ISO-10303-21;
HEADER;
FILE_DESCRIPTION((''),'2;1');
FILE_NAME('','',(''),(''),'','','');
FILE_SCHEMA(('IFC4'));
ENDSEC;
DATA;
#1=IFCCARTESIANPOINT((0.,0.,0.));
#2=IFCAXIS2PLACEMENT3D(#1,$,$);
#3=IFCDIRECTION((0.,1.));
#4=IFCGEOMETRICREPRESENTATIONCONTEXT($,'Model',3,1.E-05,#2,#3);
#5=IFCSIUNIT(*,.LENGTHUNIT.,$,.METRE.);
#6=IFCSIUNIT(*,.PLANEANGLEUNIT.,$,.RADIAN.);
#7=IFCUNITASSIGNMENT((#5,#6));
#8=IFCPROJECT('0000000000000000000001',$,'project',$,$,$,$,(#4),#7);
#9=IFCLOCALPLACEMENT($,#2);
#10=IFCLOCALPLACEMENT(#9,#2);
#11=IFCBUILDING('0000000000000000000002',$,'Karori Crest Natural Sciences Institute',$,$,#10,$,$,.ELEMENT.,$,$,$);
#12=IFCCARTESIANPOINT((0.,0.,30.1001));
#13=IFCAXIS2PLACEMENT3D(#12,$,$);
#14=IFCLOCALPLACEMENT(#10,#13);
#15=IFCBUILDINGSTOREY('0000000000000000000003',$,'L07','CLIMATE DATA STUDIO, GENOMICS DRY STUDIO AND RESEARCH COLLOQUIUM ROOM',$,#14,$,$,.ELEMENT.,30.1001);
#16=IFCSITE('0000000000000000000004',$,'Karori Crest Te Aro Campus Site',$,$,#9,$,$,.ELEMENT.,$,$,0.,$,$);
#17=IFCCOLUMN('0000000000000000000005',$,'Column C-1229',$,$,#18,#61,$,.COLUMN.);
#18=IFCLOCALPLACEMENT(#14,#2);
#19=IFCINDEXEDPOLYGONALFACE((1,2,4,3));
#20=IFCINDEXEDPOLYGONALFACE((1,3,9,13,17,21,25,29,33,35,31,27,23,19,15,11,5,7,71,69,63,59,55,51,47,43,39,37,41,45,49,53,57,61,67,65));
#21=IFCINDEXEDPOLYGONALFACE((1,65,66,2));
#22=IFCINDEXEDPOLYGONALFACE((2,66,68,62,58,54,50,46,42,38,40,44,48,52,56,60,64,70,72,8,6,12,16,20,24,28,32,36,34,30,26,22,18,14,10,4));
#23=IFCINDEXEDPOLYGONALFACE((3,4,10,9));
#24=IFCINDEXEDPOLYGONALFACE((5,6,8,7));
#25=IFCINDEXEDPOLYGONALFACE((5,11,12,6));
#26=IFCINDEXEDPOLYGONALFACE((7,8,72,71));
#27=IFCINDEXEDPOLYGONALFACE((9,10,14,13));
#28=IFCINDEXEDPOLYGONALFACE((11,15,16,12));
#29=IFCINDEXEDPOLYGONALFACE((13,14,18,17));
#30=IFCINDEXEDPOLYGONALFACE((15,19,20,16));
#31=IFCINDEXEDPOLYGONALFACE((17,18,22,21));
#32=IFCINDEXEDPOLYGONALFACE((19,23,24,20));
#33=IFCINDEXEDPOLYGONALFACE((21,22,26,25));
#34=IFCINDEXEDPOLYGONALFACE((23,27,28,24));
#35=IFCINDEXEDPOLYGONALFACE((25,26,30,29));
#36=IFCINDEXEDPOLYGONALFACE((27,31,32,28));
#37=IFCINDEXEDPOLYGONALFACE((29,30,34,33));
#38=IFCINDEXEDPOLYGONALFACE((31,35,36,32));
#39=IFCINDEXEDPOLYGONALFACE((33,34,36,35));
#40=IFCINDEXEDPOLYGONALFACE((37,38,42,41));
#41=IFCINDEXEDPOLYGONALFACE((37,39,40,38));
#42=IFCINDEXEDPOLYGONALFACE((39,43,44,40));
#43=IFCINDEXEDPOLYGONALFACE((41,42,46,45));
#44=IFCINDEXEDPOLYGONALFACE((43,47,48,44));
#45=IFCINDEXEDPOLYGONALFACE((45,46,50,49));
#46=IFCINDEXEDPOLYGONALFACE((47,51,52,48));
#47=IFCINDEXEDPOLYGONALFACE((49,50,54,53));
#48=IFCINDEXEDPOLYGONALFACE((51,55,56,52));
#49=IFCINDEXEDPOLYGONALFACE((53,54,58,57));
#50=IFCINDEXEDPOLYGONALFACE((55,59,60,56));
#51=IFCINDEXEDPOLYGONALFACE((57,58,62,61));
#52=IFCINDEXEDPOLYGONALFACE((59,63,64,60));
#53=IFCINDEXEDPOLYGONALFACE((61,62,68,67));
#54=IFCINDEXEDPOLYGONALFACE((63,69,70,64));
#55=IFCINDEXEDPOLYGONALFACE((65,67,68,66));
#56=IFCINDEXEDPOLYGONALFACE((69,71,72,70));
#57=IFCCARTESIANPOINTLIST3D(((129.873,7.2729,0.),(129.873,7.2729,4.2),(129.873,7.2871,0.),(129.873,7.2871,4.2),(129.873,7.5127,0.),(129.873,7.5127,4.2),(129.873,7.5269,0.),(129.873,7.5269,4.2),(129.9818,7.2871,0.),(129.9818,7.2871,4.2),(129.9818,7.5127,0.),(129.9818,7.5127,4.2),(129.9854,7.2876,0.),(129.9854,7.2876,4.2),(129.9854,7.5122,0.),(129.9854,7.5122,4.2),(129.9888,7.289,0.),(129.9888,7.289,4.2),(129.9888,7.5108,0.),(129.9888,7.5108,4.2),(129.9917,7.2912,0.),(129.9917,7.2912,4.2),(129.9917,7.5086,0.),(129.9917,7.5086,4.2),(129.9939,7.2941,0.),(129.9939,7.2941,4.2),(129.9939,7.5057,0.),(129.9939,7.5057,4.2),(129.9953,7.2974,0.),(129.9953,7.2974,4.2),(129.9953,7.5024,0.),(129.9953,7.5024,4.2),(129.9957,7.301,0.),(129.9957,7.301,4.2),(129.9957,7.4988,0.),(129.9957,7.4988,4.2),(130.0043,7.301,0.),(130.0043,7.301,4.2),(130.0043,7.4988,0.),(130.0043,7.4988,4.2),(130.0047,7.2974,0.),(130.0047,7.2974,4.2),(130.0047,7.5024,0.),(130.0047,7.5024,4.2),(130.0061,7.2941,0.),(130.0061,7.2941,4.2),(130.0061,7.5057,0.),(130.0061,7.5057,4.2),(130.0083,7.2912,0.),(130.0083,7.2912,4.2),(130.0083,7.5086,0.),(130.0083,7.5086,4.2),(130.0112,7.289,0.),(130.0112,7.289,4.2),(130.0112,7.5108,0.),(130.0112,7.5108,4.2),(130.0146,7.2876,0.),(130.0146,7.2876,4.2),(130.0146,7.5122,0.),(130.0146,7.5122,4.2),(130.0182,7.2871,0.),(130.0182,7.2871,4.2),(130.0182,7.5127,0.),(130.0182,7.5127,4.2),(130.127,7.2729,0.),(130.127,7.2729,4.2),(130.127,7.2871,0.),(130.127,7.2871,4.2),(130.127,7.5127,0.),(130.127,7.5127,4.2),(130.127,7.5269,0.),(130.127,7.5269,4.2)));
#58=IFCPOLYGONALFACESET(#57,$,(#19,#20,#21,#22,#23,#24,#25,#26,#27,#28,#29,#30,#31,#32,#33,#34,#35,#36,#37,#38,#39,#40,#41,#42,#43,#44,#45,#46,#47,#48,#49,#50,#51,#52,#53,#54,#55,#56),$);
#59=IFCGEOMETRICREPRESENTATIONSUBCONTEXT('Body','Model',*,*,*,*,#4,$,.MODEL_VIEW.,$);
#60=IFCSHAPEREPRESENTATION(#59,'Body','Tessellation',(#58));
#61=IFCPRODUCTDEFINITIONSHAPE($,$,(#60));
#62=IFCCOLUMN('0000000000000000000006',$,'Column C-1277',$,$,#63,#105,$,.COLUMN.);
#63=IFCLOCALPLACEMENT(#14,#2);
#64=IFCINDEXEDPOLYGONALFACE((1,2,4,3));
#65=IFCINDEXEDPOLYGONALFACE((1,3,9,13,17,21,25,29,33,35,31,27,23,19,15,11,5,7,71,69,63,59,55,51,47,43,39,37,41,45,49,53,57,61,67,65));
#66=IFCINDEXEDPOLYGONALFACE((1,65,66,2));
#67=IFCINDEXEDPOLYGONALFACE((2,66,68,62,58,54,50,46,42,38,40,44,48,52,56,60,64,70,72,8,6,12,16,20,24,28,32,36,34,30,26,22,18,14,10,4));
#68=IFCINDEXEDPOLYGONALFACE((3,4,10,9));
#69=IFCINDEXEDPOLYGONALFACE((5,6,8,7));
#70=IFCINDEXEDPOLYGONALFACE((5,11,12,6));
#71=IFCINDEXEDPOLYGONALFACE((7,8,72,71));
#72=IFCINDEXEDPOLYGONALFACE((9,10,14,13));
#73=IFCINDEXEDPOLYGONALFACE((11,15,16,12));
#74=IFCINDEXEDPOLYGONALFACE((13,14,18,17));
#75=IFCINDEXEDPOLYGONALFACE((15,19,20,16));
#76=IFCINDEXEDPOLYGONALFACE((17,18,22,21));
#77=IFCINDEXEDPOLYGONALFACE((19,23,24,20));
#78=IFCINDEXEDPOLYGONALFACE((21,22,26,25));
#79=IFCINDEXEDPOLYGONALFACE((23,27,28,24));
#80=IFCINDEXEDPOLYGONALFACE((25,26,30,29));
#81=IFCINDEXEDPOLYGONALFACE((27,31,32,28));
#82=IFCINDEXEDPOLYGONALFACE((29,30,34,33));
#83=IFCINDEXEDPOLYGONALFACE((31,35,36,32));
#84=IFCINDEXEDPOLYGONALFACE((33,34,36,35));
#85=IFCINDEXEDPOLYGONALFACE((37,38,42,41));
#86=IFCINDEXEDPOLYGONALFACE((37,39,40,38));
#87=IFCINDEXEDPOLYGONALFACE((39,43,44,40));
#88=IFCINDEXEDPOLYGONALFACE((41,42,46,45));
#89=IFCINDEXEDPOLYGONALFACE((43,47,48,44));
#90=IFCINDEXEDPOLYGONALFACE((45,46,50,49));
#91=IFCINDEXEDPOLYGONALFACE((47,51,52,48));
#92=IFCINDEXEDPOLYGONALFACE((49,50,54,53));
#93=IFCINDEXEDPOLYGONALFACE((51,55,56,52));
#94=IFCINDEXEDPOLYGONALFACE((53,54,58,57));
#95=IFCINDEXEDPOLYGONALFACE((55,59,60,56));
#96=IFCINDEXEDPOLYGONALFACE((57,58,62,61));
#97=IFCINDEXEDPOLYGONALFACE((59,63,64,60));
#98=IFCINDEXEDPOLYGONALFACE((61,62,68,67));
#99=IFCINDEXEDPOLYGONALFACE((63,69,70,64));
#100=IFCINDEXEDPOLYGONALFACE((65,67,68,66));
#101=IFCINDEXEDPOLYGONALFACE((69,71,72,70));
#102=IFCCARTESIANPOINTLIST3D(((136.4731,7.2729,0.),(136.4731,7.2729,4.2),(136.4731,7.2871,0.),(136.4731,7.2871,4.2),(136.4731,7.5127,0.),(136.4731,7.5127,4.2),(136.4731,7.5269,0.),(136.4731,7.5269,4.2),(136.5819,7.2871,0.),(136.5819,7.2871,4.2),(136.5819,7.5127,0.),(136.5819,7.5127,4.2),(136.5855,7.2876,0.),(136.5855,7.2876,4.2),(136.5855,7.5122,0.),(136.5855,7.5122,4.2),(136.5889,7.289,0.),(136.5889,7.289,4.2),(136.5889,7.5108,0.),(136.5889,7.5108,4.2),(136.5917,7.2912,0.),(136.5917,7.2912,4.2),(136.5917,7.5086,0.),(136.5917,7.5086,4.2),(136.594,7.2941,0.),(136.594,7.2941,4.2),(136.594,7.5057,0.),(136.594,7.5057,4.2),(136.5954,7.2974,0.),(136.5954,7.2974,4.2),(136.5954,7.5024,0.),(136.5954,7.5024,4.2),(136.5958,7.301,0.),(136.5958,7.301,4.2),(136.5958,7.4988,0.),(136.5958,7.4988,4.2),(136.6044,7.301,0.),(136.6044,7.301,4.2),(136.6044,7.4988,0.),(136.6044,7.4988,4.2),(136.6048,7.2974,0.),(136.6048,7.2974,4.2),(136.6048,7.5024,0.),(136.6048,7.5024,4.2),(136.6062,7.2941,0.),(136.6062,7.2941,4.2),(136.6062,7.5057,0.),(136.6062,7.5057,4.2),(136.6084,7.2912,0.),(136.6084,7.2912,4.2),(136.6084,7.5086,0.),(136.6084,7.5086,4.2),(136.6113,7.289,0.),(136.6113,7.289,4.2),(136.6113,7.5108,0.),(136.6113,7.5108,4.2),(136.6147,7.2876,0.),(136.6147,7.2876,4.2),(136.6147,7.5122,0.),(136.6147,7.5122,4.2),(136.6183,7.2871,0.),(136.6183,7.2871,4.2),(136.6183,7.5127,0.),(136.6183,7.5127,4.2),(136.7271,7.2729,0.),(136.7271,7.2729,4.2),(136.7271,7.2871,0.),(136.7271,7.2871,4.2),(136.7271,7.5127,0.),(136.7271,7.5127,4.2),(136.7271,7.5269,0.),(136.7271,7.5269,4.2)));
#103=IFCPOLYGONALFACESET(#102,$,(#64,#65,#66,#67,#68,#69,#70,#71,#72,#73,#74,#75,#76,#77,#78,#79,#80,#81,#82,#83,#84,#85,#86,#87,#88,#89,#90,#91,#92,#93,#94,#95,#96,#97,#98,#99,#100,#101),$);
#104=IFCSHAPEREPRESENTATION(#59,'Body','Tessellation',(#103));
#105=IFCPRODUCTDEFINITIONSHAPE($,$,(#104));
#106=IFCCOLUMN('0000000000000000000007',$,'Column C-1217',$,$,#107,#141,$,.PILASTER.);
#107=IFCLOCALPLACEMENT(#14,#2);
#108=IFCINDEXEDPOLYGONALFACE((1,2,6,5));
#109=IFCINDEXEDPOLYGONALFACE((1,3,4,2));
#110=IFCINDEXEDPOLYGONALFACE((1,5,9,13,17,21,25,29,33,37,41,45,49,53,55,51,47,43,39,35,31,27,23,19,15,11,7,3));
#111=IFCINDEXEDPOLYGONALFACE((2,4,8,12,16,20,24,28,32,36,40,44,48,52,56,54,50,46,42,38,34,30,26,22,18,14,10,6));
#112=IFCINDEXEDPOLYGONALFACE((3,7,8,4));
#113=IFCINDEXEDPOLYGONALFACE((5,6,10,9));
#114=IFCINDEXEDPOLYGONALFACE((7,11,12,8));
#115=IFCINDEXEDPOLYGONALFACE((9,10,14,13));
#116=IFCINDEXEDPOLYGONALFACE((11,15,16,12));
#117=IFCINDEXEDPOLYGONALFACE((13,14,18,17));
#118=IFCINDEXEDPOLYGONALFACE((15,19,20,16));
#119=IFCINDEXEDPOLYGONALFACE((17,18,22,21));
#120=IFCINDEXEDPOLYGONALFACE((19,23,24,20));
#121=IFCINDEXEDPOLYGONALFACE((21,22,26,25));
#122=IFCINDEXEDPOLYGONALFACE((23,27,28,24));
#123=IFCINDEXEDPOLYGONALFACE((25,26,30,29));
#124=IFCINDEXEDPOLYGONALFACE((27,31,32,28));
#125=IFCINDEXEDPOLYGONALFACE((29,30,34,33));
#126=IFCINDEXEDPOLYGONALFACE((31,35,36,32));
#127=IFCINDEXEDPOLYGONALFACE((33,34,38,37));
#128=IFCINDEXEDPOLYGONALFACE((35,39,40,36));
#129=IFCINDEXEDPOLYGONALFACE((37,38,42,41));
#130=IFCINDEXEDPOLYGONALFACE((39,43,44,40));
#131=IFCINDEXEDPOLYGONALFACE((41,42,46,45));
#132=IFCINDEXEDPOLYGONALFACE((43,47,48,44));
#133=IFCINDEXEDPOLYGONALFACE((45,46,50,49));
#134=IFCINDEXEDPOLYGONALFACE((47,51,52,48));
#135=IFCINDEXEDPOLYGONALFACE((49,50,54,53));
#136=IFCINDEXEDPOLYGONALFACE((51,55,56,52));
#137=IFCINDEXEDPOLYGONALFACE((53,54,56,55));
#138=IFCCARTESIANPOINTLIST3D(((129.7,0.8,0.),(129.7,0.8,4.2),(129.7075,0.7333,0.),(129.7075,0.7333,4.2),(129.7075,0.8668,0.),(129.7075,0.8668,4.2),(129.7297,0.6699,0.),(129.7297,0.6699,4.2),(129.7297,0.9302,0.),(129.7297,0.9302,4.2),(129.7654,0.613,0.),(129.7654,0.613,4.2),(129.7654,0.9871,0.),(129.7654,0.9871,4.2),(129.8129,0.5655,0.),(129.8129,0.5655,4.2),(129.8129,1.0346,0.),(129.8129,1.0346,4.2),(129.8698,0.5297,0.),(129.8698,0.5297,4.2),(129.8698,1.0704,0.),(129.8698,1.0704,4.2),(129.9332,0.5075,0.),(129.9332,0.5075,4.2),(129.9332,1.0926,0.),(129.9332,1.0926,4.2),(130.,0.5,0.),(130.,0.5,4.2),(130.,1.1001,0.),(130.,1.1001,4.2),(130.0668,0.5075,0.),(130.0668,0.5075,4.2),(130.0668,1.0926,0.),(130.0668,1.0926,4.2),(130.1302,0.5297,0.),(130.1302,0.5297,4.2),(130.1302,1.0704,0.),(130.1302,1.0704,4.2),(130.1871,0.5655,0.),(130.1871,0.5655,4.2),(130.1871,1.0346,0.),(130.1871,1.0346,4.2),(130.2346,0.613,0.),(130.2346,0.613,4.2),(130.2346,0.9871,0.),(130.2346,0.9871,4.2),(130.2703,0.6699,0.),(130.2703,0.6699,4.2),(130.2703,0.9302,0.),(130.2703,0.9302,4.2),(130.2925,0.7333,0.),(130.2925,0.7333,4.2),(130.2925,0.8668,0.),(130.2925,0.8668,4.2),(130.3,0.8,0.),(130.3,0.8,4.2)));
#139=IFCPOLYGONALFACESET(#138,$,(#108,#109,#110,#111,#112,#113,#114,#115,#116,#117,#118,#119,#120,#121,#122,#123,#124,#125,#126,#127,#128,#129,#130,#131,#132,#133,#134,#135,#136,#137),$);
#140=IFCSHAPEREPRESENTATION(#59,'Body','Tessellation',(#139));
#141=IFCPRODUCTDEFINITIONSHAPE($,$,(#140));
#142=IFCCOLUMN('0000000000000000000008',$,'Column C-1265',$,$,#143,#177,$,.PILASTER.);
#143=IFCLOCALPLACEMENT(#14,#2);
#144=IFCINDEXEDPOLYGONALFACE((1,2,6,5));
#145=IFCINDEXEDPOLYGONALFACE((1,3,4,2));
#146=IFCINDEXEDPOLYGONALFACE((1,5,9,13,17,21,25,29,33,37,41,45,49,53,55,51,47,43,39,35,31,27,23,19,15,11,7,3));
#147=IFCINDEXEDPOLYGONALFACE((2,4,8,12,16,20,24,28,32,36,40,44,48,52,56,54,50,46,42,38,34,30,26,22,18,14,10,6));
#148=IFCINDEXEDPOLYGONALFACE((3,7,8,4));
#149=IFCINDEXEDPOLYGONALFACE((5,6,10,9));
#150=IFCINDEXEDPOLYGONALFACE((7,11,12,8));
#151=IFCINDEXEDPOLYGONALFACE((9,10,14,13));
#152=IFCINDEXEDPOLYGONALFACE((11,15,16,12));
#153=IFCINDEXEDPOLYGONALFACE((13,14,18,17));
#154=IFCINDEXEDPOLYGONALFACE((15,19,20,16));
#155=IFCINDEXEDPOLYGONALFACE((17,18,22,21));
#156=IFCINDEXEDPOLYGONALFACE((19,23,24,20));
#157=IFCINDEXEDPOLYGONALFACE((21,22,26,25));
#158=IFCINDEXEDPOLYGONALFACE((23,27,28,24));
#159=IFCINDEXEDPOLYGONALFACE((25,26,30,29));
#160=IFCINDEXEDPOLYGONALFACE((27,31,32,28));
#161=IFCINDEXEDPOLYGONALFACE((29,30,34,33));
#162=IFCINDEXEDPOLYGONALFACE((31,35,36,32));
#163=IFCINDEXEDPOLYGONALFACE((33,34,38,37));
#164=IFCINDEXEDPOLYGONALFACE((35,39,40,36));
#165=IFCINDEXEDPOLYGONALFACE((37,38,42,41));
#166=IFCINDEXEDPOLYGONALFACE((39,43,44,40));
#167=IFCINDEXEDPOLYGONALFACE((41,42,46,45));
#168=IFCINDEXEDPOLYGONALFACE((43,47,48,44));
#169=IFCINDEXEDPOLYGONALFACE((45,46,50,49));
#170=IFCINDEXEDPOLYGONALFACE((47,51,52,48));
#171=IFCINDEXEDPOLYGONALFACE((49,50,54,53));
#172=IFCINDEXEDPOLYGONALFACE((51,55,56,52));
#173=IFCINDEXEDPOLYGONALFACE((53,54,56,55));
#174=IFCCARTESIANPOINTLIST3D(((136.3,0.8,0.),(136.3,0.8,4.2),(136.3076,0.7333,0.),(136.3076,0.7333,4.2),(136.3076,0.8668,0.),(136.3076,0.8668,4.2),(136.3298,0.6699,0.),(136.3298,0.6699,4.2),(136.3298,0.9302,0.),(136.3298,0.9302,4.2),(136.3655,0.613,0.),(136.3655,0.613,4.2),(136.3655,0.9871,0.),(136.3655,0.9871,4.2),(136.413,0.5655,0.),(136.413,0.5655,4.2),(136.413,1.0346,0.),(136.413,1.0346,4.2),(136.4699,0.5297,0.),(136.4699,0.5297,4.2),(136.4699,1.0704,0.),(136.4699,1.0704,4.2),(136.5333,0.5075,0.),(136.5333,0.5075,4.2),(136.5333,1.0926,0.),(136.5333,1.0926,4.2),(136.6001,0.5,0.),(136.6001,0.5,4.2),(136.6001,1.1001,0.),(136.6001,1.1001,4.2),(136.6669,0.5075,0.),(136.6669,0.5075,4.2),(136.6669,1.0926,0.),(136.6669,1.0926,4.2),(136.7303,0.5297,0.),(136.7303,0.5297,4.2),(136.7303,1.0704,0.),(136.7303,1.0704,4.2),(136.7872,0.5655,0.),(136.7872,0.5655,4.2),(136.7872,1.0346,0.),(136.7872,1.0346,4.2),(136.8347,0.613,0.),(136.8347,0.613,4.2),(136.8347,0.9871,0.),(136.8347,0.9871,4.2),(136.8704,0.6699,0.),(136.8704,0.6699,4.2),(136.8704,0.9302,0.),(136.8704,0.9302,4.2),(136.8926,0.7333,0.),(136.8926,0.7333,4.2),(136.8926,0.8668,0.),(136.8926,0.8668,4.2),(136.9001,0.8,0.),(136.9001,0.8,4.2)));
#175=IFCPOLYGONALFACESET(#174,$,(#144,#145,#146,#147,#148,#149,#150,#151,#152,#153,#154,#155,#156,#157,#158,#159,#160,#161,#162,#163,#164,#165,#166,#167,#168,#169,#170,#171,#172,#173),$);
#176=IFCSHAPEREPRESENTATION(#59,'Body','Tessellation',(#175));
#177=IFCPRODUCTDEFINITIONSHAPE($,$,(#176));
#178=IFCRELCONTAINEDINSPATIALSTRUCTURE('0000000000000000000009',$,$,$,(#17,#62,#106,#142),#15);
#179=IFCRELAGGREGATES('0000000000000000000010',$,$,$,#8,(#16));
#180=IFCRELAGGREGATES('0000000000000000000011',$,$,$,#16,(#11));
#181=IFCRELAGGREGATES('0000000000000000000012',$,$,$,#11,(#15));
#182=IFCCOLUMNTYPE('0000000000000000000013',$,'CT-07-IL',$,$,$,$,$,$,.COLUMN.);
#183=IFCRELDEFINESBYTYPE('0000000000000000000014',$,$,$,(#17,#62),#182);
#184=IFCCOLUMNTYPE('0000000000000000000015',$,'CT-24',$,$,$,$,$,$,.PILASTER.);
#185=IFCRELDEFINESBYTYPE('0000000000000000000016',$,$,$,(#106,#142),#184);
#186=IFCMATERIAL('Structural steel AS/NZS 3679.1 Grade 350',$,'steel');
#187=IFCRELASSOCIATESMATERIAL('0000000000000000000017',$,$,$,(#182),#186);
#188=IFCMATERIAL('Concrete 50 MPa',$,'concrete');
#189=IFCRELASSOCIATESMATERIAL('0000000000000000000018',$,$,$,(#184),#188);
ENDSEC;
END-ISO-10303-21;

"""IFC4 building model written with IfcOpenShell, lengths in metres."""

from ifc_helpers import new_model, si_unit, direction, frame, origin, origin_2d, place, context, subcontext, project, spatial, circle, i_section, extrude, material, material_profile, profile_set, type_object, element, save


model = new_model("IFC4")

# Units and contexts
model_context = context("Model", 3, precision=1e-05, world=origin(), true_north=direction((0.0, 1.0)))
body_context = subcontext(model_context, "Body", "Model", "MODEL_VIEW")
ifc_project = project(units=[si_unit("LENGTHUNIT", "METRE"), si_unit("PLANEANGLEUNIT", "RADIAN")], contexts=[model_context])

# Site, building, storey
site_placement = place(None, origin())
site = spatial("IfcSite", under=ifc_project, at=site_placement, Name="Karori Crest Te Aro Campus Site", CompositionType="ELEMENT", RefElevation=0.0)
building_placement = place(site_placement, origin())
building = spatial("IfcBuilding", under=site, at=building_placement, Name="Karori Crest Natural Sciences Institute", CompositionType="ELEMENT")
storey_placement = place(building_placement, frame((0.0, 0.0, 30.1001)))
storey = spatial("IfcBuildingStorey", under=building, at=storey_placement, Name="L07", Description="CLIMATE DATA STUDIO, GENOMICS DRY STUDIO AND RESEARCH COLLOQUIUM ROOM", CompositionType="ELEMENT", Elevation=30.1001)

# Columns
ifc_material_1 = material(Name="Structural steel AS/NZS 3679.1 Grade 350", Category="steel")
ifc_material_profile_1 = material_profile(ifc_material_1, i_section(OverallWidth=0.2539, OverallDepth=0.2539, WebThickness=0.0085, FlangeThickness=0.0142, FilletRadius=0.0139, at=origin_2d()), Name="250UC72.9")
ifc_profile_set_1 = profile_set([ifc_material_profile_1], Name="Structural steel AS/NZS 3679.1 Grade 350")
column_type_1 = type_object("IfcColumnType", Name="CT-07-IL", PredefinedType="COLUMN", material=ifc_profile_set_1)
for number, where, z_axis, x_axis, name in (
    (1, (130.0, 7.3999, 0.0), (0.0, 0.0, 1.0), (1.0, 0.0, 0.0), "Column C-1229"),
    (2, (136.6001, 7.3999, 0.0), (0.0, 0.0, 1.0), (1.0, 0.0, 0.0), "Column C-1277"),
):
    element("IfcColumn", number, at=place(storey_placement, frame(where, z_axis=z_axis, x_axis=x_axis)), inside=storey, type_object=column_type_1, Name=name, PredefinedType="COLUMN", context=body_context, shape_type="SweptSolid", body=[
        extrude(i_section(OverallWidth=0.2539, OverallDepth=0.2539, WebThickness=0.0085, FlangeThickness=0.0142, FilletRadius=0.0139, at=origin_2d()), origin(), (0.0, 0.0, 1.0), 4.2),
    ])
ifc_material_2 = material(Name="Concrete 50 MPa", Category="concrete")
ifc_material_profile_2 = material_profile(ifc_material_2, circle(Radius=0.3, at=origin_2d()), Name="RCC600")
ifc_profile_set_2 = profile_set([ifc_material_profile_2], Name="Concrete 50 MPa")
column_type_2 = type_object("IfcColumnType", Name="CT-24", PredefinedType="PILASTER", material=ifc_profile_set_2)
for number, where, z_axis, x_axis, name in (
    (3, (130.0, 0.8, 0.0), (0.0, 0.0, 1.0), (1.0, 0.0, 0.0), "Column C-1217"),
    (4, (136.6001, 0.8, 0.0), (0.0, 0.0, 1.0), (1.0, 0.0, 0.0), "Column C-1265"),
):
    element("IfcColumn", number, at=place(storey_placement, frame(where, z_axis=z_axis, x_axis=x_axis)), inside=storey, type_object=column_type_2, Name=name, PredefinedType="PILASTER", context=body_context, shape_type="SweptSolid", body=[
        extrude(circle(Radius=0.3, at=origin_2d()), origin(), (0.0, 0.0, 1.0), 4.2),
    ])

save(model, "model.ifc")
